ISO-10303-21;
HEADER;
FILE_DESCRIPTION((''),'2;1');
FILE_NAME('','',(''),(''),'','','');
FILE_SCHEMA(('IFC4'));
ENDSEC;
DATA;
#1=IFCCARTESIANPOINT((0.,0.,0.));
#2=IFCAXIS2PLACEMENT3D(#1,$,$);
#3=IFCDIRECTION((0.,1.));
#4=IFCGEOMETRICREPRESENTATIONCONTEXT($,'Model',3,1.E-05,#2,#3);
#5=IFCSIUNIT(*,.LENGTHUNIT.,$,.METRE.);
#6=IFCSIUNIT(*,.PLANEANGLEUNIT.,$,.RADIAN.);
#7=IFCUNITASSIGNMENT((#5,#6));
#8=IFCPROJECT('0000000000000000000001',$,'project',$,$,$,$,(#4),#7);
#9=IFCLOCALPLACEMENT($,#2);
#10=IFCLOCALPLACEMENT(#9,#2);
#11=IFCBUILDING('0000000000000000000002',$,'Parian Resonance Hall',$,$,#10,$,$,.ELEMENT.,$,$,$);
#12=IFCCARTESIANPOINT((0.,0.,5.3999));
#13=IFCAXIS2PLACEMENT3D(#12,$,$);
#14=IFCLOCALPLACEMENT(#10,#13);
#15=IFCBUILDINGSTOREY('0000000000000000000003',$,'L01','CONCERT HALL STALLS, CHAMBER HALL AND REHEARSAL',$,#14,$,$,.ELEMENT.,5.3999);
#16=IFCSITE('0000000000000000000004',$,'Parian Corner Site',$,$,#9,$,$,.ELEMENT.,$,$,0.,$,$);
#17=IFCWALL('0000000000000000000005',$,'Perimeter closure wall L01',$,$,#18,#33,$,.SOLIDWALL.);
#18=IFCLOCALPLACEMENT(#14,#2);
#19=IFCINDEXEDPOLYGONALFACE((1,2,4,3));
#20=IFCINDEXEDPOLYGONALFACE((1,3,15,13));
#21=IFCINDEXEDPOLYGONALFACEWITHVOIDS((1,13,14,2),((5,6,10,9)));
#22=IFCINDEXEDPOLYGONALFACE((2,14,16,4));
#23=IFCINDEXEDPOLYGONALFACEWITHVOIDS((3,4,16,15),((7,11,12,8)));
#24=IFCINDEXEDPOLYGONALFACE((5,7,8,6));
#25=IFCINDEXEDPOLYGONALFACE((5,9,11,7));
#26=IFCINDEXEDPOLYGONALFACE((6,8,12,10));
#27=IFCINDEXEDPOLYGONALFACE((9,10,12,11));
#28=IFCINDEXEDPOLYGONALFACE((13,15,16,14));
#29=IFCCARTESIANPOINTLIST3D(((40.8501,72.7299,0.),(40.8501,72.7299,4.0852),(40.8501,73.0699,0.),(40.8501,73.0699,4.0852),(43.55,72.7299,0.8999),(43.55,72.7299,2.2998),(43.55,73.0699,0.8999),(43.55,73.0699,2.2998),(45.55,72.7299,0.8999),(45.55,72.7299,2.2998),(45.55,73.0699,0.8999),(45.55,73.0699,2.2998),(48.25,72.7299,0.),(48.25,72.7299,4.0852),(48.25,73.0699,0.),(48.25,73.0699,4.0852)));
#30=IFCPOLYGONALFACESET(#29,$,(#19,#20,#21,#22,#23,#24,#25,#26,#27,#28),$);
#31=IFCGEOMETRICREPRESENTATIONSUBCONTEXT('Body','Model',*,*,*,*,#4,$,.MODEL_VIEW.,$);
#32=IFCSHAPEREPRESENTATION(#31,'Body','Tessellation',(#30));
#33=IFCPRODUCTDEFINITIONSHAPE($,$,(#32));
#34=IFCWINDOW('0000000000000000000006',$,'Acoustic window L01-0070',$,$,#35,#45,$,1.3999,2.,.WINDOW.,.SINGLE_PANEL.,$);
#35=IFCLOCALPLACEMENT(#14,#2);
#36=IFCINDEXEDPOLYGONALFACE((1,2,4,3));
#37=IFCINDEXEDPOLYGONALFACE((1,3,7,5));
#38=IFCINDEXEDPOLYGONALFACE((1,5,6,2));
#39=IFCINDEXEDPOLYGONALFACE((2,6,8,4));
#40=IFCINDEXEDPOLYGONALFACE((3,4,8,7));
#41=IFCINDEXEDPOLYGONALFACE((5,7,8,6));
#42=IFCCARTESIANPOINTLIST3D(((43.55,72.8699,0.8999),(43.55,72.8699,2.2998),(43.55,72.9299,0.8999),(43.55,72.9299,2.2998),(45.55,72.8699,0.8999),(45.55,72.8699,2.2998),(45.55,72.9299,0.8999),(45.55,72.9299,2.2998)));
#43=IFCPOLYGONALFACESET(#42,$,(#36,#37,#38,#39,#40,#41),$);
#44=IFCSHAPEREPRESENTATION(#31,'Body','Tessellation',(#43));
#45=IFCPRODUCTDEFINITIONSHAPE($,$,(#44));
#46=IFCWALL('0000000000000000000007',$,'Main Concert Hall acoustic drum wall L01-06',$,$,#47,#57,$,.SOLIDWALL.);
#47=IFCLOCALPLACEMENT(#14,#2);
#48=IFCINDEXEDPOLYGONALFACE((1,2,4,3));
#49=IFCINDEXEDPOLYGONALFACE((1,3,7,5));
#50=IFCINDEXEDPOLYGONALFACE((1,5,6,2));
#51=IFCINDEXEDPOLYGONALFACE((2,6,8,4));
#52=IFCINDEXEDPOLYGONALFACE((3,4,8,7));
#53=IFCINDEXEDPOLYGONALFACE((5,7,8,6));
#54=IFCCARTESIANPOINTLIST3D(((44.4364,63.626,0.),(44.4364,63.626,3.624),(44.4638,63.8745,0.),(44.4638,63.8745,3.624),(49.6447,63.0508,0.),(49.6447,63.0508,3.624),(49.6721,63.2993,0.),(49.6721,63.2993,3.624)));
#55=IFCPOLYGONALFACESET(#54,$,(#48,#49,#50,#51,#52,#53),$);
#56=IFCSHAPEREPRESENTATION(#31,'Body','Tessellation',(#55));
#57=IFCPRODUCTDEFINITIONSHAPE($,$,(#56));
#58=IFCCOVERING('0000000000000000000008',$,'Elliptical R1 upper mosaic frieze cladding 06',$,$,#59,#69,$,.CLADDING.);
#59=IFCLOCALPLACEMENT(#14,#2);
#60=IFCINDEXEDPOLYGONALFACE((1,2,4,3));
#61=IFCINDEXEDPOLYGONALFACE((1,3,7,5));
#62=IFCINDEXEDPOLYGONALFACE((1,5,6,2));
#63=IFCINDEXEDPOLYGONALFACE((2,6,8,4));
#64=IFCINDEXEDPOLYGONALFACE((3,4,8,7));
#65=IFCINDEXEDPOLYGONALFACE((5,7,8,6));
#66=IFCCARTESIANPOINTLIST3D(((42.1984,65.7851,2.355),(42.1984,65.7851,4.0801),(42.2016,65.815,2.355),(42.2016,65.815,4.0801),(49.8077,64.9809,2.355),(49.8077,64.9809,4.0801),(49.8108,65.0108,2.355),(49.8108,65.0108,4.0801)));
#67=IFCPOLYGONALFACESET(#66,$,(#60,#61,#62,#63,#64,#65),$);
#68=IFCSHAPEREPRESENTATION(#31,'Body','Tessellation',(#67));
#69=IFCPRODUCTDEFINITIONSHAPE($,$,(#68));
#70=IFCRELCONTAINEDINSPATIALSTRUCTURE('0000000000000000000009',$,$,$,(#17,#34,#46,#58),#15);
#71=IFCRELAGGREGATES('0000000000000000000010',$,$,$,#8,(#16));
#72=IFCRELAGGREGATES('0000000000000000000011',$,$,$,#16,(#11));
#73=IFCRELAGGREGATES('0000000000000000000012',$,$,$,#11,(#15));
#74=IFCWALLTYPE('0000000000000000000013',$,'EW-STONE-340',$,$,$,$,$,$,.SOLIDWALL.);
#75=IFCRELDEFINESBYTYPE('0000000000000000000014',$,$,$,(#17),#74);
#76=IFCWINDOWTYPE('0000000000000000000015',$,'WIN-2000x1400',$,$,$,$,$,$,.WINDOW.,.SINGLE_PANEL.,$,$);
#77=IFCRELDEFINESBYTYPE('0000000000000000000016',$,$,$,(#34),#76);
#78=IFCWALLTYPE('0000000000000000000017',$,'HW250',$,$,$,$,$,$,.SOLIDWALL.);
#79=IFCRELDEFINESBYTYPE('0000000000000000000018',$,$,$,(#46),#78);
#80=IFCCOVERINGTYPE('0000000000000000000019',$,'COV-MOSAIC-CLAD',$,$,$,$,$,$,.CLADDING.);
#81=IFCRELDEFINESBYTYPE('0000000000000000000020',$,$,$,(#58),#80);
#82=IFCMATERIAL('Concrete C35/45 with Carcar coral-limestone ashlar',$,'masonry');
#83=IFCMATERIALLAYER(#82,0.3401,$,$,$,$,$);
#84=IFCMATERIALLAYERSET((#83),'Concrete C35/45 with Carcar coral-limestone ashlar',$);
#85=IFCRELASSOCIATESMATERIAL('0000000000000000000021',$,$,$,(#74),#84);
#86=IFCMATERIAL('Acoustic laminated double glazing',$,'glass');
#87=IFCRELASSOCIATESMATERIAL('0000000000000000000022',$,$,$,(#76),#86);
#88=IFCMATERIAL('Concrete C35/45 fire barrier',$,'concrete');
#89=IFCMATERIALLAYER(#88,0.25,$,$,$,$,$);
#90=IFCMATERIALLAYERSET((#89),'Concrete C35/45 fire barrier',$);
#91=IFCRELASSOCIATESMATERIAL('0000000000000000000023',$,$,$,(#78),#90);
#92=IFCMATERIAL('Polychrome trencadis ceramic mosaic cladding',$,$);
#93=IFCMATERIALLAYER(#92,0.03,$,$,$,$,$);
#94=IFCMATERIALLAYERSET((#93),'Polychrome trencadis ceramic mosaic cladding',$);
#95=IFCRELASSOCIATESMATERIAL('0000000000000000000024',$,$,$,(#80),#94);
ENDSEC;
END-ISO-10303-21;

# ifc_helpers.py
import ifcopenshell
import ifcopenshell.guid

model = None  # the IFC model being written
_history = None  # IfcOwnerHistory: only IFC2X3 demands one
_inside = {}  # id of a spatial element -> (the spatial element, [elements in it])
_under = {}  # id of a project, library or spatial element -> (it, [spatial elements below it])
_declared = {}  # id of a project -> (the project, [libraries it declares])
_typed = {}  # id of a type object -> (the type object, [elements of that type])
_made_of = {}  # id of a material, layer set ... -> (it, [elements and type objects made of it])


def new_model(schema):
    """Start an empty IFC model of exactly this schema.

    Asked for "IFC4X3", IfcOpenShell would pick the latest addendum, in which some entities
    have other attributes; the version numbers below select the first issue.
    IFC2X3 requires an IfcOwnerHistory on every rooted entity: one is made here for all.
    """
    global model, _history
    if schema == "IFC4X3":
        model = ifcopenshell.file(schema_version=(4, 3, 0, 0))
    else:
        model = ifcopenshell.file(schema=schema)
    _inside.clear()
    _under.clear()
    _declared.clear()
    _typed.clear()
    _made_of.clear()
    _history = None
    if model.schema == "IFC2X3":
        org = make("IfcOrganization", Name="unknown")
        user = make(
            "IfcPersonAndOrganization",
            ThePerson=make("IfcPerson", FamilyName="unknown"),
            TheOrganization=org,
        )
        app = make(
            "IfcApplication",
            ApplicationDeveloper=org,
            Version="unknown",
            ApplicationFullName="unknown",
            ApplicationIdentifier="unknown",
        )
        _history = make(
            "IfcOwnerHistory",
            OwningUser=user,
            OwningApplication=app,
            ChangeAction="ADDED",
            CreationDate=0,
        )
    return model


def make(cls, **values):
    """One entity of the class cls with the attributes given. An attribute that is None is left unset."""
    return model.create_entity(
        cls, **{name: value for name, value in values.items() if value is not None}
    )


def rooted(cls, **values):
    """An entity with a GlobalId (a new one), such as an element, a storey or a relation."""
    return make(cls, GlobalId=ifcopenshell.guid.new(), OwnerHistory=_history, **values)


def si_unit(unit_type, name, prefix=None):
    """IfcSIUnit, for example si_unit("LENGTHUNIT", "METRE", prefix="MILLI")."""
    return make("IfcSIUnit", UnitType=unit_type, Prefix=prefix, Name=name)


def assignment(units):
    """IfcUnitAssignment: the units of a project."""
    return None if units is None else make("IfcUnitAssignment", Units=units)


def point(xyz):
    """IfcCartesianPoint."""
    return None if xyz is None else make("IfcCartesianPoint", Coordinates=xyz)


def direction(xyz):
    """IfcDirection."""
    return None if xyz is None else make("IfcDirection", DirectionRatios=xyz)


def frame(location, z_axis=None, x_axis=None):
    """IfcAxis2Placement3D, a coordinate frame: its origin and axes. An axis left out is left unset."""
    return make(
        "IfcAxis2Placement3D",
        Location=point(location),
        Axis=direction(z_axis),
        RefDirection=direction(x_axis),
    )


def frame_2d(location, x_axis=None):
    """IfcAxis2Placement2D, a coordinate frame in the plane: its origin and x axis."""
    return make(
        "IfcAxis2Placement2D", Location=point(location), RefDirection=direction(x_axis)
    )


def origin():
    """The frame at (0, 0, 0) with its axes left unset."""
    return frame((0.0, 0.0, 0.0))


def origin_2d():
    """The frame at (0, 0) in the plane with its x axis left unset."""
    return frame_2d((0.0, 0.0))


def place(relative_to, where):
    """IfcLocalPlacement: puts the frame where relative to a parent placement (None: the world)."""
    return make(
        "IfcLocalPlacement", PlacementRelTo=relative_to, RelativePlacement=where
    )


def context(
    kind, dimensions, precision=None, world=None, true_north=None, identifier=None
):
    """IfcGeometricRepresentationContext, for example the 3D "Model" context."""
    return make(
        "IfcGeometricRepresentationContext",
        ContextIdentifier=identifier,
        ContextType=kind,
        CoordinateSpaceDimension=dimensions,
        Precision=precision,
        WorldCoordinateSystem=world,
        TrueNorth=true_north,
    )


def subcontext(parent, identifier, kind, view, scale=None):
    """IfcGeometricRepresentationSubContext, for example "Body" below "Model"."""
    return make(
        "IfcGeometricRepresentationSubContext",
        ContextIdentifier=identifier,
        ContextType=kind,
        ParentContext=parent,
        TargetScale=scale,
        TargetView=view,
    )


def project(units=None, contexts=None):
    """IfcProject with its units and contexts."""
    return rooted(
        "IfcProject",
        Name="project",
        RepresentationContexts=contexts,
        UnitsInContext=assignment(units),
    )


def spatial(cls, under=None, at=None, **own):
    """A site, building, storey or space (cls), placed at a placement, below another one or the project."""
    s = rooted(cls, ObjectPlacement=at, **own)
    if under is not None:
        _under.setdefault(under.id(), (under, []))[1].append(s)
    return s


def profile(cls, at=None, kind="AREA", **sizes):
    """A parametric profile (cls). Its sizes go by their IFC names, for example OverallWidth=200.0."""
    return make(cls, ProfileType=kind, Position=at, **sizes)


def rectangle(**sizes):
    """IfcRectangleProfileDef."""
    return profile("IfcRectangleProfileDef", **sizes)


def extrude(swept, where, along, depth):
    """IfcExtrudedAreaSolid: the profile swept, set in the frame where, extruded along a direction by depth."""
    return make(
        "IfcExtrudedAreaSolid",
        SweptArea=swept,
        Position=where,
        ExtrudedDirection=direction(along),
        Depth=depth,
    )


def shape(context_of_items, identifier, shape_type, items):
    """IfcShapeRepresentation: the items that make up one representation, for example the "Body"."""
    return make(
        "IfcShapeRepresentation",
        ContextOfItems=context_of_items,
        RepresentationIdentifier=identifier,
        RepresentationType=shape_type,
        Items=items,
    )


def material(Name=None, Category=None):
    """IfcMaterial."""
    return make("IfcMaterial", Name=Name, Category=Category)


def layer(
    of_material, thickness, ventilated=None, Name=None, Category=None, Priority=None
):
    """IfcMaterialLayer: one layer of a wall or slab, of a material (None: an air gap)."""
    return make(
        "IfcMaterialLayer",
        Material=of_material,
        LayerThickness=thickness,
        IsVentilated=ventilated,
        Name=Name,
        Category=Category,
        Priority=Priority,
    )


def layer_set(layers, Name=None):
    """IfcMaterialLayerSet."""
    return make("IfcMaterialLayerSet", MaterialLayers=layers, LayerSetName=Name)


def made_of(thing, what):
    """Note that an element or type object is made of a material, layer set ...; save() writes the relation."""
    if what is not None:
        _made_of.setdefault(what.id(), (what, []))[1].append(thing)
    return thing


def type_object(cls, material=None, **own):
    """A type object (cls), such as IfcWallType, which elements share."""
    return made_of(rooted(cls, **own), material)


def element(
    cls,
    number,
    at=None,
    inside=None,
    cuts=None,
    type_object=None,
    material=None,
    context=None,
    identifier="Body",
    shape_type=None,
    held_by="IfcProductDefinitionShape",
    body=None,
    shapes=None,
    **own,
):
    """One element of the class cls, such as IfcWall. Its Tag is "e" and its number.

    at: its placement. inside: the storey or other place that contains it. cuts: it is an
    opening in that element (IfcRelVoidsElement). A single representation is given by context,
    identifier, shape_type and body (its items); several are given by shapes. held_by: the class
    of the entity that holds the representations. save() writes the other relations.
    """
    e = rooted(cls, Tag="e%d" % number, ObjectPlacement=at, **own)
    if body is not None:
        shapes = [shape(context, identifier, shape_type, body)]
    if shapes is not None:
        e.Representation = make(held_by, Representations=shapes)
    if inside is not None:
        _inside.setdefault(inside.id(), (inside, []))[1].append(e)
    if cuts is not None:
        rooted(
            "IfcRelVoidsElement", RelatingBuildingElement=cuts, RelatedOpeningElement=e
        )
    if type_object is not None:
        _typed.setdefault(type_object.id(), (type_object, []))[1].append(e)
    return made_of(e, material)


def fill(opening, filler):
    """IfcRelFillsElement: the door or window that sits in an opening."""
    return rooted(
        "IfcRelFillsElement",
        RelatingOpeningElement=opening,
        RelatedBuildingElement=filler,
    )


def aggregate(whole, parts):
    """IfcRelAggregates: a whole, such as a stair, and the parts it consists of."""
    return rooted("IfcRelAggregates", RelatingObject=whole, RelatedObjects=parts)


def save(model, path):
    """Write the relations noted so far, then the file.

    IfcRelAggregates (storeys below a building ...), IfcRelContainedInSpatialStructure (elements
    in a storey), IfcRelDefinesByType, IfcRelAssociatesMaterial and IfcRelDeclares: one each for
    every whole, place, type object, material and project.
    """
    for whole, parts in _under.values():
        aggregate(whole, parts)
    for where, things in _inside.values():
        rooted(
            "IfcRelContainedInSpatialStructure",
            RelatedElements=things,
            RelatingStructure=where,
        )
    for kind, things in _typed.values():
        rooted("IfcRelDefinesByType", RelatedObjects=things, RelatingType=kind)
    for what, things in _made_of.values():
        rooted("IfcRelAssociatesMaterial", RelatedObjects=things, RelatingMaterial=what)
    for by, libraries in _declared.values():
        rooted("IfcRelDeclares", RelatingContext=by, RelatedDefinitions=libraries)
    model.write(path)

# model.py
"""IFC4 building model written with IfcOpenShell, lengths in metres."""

from ifc_helpers import new_model, si_unit, direction, frame, frame_2d, origin, origin_2d, place, context, subcontext, project, spatial, rectangle, extrude, material, layer, layer_set, type_object, element, fill, save


model = new_model("IFC4")

# Units and contexts
model_context = context("Model", 3, precision=1e-05, world=origin(), true_north=direction((0.0, 1.0)))
body_context = subcontext(model_context, "Body", "Model", "MODEL_VIEW")
ifc_project = project(units=[si_unit("LENGTHUNIT", "METRE"), si_unit("PLANEANGLEUNIT", "RADIAN")], contexts=[model_context])

# Site, building, storey
site_placement = place(None, origin())
site = spatial("IfcSite", under=ifc_project, at=site_placement, Name="Parian Corner Site", CompositionType="ELEMENT", RefElevation=0.0)
building_placement = place(site_placement, origin())
building = spatial("IfcBuilding", under=site, at=building_placement, Name="Parian Resonance Hall", CompositionType="ELEMENT")
storey_placement = place(building_placement, frame((0.0, 0.0, 5.3999)))
storey = spatial("IfcBuildingStorey", under=building, at=storey_placement, Name="L01", Description="CONCERT HALL STALLS, CHAMBER HALL AND REHEARSAL", CompositionType="ELEMENT", Elevation=5.3999)

# Wall, opening, window
ifc_material_1 = material(Name="Concrete C35/45 with Carcar coral-limestone ashlar", Category="masonry")
ifc_layer_1 = layer(ifc_material_1, 0.3401)
ifc_layer_set_1 = layer_set([ifc_layer_1], Name="Concrete C35/45 with Carcar coral-limestone ashlar")
wall_type_1 = type_object("IfcWallType", Name="EW-STONE-340", PredefinedType="SOLIDWALL", material=ifc_layer_set_1)
wall_1_placement = place(storey_placement, frame((40.8501, 72.8999, 0.0), z_axis=(0.0, 0.0, 1.0), x_axis=(1.0, 0.0, 0.0)))
wall_1 = element("IfcWall", 1, at=wall_1_placement, inside=storey, type_object=wall_type_1, Name="Perimeter closure wall L01", PredefinedType="SOLIDWALL", context=body_context, shape_type="SweptSolid", body=[
    extrude(rectangle(XDim=7.3999, YDim=0.3401, at=frame_2d((3.7, 0.0))), origin(), (0.0, 0.0, 1.0), 4.0852),
])
opening_placement = place(wall_1_placement, frame((2.7, 0.0, 0.8999)))
opening = element("IfcOpeningElement", 2, at=opening_placement, cuts=wall_1, PredefinedType="OPENING", context=body_context, shape_type="SweptSolid", body=[
    extrude(rectangle(XDim=2.0, YDim=1.3999, at=frame_2d((1.0, 0.7))), frame((0.0, 0.1799, 0.0), z_axis=(0.0, -1.0, 0.0), x_axis=(1.0, 0.0, 0.0)), (0.0, 0.0, 1.0), 0.3601),
])
ifc_material_2 = material(Name="Acoustic laminated double glazing", Category="glass")
window_type = type_object("IfcWindowType", Name="WIN-2000x1400", PartitioningType="SINGLE_PANEL", PredefinedType="WINDOW", material=ifc_material_2)
window_placement = place(opening_placement, origin())
window = element("IfcWindow", 3, at=window_placement, inside=storey, type_object=window_type, Name="Acoustic window L01-0070", OverallHeight=1.3999, OverallWidth=2.0, PartitioningType="SINGLE_PANEL", PredefinedType="WINDOW", context=body_context, shape_type="SweptSolid", body=[
    extrude(rectangle(XDim=2.0, YDim=1.3999, at=frame_2d((1.0, 0.7))), frame((0.0, 0.03, 0.0), z_axis=(0.0, -1.0, 0.0), x_axis=(1.0, 0.0, 0.0)), (0.0, 0.0, 1.0), 0.0601),
])
fill(opening, window)

# Wall
ifc_material_3 = material(Name="Concrete C35/45 fire barrier", Category="concrete")
ifc_layer_2 = layer(ifc_material_3, 0.25)
ifc_layer_set_2 = layer_set([ifc_layer_2], Name="Concrete C35/45 fire barrier")
wall_type_2 = type_object("IfcWallType", Name="HW250", PredefinedType="SOLIDWALL", material=ifc_layer_set_2)
wall_2_placement = place(storey_placement, frame((44.45, 63.7502, 0.0), z_axis=(0.0, 0.0, 1.0), x_axis=(0.993957, -0.109772, 0.0)))
element("IfcWall", 4, at=wall_2_placement, inside=storey, type_object=wall_type_2, Name="Main Concert Hall acoustic drum wall L01-06", PredefinedType="SOLIDWALL", context=body_context, shape_type="SweptSolid", body=[
    extrude(rectangle(XDim=5.24, YDim=0.25, at=frame_2d((2.6201, 0.0))), origin(), (0.0, 0.0, 1.0), 3.624),
])

# Covering
ifc_material_4 = material(Name="Polychrome trencadis ceramic mosaic cladding")
ifc_layer_3 = layer(ifc_material_4, 0.03)
ifc_layer_set_3 = layer_set([ifc_layer_3], Name="Polychrome trencadis ceramic mosaic cladding")
covering_type = type_object("IfcCoveringType", Name="COV-MOSAIC-CLAD", PredefinedType="CLADDING", material=ifc_layer_set_3)
covering_placement = place(storey_placement, frame((46.0046, 65.3979, 2.355), z_axis=(0.0, 0.0, 1.0), x_axis=(0.994462, -0.105101, 0.0)))
element("IfcCovering", 5, at=covering_placement, inside=storey, type_object=covering_type, Name="Elliptical R1 upper mosaic frieze cladding 06", PredefinedType="CLADDING", context=body_context, shape_type="SweptSolid", body=[
    extrude(rectangle(XDim=7.6516, YDim=0.03, at=origin_2d()), origin(), (0.0, 0.0, 1.0), 1.7251),
])

save(model, "model.ifc")
